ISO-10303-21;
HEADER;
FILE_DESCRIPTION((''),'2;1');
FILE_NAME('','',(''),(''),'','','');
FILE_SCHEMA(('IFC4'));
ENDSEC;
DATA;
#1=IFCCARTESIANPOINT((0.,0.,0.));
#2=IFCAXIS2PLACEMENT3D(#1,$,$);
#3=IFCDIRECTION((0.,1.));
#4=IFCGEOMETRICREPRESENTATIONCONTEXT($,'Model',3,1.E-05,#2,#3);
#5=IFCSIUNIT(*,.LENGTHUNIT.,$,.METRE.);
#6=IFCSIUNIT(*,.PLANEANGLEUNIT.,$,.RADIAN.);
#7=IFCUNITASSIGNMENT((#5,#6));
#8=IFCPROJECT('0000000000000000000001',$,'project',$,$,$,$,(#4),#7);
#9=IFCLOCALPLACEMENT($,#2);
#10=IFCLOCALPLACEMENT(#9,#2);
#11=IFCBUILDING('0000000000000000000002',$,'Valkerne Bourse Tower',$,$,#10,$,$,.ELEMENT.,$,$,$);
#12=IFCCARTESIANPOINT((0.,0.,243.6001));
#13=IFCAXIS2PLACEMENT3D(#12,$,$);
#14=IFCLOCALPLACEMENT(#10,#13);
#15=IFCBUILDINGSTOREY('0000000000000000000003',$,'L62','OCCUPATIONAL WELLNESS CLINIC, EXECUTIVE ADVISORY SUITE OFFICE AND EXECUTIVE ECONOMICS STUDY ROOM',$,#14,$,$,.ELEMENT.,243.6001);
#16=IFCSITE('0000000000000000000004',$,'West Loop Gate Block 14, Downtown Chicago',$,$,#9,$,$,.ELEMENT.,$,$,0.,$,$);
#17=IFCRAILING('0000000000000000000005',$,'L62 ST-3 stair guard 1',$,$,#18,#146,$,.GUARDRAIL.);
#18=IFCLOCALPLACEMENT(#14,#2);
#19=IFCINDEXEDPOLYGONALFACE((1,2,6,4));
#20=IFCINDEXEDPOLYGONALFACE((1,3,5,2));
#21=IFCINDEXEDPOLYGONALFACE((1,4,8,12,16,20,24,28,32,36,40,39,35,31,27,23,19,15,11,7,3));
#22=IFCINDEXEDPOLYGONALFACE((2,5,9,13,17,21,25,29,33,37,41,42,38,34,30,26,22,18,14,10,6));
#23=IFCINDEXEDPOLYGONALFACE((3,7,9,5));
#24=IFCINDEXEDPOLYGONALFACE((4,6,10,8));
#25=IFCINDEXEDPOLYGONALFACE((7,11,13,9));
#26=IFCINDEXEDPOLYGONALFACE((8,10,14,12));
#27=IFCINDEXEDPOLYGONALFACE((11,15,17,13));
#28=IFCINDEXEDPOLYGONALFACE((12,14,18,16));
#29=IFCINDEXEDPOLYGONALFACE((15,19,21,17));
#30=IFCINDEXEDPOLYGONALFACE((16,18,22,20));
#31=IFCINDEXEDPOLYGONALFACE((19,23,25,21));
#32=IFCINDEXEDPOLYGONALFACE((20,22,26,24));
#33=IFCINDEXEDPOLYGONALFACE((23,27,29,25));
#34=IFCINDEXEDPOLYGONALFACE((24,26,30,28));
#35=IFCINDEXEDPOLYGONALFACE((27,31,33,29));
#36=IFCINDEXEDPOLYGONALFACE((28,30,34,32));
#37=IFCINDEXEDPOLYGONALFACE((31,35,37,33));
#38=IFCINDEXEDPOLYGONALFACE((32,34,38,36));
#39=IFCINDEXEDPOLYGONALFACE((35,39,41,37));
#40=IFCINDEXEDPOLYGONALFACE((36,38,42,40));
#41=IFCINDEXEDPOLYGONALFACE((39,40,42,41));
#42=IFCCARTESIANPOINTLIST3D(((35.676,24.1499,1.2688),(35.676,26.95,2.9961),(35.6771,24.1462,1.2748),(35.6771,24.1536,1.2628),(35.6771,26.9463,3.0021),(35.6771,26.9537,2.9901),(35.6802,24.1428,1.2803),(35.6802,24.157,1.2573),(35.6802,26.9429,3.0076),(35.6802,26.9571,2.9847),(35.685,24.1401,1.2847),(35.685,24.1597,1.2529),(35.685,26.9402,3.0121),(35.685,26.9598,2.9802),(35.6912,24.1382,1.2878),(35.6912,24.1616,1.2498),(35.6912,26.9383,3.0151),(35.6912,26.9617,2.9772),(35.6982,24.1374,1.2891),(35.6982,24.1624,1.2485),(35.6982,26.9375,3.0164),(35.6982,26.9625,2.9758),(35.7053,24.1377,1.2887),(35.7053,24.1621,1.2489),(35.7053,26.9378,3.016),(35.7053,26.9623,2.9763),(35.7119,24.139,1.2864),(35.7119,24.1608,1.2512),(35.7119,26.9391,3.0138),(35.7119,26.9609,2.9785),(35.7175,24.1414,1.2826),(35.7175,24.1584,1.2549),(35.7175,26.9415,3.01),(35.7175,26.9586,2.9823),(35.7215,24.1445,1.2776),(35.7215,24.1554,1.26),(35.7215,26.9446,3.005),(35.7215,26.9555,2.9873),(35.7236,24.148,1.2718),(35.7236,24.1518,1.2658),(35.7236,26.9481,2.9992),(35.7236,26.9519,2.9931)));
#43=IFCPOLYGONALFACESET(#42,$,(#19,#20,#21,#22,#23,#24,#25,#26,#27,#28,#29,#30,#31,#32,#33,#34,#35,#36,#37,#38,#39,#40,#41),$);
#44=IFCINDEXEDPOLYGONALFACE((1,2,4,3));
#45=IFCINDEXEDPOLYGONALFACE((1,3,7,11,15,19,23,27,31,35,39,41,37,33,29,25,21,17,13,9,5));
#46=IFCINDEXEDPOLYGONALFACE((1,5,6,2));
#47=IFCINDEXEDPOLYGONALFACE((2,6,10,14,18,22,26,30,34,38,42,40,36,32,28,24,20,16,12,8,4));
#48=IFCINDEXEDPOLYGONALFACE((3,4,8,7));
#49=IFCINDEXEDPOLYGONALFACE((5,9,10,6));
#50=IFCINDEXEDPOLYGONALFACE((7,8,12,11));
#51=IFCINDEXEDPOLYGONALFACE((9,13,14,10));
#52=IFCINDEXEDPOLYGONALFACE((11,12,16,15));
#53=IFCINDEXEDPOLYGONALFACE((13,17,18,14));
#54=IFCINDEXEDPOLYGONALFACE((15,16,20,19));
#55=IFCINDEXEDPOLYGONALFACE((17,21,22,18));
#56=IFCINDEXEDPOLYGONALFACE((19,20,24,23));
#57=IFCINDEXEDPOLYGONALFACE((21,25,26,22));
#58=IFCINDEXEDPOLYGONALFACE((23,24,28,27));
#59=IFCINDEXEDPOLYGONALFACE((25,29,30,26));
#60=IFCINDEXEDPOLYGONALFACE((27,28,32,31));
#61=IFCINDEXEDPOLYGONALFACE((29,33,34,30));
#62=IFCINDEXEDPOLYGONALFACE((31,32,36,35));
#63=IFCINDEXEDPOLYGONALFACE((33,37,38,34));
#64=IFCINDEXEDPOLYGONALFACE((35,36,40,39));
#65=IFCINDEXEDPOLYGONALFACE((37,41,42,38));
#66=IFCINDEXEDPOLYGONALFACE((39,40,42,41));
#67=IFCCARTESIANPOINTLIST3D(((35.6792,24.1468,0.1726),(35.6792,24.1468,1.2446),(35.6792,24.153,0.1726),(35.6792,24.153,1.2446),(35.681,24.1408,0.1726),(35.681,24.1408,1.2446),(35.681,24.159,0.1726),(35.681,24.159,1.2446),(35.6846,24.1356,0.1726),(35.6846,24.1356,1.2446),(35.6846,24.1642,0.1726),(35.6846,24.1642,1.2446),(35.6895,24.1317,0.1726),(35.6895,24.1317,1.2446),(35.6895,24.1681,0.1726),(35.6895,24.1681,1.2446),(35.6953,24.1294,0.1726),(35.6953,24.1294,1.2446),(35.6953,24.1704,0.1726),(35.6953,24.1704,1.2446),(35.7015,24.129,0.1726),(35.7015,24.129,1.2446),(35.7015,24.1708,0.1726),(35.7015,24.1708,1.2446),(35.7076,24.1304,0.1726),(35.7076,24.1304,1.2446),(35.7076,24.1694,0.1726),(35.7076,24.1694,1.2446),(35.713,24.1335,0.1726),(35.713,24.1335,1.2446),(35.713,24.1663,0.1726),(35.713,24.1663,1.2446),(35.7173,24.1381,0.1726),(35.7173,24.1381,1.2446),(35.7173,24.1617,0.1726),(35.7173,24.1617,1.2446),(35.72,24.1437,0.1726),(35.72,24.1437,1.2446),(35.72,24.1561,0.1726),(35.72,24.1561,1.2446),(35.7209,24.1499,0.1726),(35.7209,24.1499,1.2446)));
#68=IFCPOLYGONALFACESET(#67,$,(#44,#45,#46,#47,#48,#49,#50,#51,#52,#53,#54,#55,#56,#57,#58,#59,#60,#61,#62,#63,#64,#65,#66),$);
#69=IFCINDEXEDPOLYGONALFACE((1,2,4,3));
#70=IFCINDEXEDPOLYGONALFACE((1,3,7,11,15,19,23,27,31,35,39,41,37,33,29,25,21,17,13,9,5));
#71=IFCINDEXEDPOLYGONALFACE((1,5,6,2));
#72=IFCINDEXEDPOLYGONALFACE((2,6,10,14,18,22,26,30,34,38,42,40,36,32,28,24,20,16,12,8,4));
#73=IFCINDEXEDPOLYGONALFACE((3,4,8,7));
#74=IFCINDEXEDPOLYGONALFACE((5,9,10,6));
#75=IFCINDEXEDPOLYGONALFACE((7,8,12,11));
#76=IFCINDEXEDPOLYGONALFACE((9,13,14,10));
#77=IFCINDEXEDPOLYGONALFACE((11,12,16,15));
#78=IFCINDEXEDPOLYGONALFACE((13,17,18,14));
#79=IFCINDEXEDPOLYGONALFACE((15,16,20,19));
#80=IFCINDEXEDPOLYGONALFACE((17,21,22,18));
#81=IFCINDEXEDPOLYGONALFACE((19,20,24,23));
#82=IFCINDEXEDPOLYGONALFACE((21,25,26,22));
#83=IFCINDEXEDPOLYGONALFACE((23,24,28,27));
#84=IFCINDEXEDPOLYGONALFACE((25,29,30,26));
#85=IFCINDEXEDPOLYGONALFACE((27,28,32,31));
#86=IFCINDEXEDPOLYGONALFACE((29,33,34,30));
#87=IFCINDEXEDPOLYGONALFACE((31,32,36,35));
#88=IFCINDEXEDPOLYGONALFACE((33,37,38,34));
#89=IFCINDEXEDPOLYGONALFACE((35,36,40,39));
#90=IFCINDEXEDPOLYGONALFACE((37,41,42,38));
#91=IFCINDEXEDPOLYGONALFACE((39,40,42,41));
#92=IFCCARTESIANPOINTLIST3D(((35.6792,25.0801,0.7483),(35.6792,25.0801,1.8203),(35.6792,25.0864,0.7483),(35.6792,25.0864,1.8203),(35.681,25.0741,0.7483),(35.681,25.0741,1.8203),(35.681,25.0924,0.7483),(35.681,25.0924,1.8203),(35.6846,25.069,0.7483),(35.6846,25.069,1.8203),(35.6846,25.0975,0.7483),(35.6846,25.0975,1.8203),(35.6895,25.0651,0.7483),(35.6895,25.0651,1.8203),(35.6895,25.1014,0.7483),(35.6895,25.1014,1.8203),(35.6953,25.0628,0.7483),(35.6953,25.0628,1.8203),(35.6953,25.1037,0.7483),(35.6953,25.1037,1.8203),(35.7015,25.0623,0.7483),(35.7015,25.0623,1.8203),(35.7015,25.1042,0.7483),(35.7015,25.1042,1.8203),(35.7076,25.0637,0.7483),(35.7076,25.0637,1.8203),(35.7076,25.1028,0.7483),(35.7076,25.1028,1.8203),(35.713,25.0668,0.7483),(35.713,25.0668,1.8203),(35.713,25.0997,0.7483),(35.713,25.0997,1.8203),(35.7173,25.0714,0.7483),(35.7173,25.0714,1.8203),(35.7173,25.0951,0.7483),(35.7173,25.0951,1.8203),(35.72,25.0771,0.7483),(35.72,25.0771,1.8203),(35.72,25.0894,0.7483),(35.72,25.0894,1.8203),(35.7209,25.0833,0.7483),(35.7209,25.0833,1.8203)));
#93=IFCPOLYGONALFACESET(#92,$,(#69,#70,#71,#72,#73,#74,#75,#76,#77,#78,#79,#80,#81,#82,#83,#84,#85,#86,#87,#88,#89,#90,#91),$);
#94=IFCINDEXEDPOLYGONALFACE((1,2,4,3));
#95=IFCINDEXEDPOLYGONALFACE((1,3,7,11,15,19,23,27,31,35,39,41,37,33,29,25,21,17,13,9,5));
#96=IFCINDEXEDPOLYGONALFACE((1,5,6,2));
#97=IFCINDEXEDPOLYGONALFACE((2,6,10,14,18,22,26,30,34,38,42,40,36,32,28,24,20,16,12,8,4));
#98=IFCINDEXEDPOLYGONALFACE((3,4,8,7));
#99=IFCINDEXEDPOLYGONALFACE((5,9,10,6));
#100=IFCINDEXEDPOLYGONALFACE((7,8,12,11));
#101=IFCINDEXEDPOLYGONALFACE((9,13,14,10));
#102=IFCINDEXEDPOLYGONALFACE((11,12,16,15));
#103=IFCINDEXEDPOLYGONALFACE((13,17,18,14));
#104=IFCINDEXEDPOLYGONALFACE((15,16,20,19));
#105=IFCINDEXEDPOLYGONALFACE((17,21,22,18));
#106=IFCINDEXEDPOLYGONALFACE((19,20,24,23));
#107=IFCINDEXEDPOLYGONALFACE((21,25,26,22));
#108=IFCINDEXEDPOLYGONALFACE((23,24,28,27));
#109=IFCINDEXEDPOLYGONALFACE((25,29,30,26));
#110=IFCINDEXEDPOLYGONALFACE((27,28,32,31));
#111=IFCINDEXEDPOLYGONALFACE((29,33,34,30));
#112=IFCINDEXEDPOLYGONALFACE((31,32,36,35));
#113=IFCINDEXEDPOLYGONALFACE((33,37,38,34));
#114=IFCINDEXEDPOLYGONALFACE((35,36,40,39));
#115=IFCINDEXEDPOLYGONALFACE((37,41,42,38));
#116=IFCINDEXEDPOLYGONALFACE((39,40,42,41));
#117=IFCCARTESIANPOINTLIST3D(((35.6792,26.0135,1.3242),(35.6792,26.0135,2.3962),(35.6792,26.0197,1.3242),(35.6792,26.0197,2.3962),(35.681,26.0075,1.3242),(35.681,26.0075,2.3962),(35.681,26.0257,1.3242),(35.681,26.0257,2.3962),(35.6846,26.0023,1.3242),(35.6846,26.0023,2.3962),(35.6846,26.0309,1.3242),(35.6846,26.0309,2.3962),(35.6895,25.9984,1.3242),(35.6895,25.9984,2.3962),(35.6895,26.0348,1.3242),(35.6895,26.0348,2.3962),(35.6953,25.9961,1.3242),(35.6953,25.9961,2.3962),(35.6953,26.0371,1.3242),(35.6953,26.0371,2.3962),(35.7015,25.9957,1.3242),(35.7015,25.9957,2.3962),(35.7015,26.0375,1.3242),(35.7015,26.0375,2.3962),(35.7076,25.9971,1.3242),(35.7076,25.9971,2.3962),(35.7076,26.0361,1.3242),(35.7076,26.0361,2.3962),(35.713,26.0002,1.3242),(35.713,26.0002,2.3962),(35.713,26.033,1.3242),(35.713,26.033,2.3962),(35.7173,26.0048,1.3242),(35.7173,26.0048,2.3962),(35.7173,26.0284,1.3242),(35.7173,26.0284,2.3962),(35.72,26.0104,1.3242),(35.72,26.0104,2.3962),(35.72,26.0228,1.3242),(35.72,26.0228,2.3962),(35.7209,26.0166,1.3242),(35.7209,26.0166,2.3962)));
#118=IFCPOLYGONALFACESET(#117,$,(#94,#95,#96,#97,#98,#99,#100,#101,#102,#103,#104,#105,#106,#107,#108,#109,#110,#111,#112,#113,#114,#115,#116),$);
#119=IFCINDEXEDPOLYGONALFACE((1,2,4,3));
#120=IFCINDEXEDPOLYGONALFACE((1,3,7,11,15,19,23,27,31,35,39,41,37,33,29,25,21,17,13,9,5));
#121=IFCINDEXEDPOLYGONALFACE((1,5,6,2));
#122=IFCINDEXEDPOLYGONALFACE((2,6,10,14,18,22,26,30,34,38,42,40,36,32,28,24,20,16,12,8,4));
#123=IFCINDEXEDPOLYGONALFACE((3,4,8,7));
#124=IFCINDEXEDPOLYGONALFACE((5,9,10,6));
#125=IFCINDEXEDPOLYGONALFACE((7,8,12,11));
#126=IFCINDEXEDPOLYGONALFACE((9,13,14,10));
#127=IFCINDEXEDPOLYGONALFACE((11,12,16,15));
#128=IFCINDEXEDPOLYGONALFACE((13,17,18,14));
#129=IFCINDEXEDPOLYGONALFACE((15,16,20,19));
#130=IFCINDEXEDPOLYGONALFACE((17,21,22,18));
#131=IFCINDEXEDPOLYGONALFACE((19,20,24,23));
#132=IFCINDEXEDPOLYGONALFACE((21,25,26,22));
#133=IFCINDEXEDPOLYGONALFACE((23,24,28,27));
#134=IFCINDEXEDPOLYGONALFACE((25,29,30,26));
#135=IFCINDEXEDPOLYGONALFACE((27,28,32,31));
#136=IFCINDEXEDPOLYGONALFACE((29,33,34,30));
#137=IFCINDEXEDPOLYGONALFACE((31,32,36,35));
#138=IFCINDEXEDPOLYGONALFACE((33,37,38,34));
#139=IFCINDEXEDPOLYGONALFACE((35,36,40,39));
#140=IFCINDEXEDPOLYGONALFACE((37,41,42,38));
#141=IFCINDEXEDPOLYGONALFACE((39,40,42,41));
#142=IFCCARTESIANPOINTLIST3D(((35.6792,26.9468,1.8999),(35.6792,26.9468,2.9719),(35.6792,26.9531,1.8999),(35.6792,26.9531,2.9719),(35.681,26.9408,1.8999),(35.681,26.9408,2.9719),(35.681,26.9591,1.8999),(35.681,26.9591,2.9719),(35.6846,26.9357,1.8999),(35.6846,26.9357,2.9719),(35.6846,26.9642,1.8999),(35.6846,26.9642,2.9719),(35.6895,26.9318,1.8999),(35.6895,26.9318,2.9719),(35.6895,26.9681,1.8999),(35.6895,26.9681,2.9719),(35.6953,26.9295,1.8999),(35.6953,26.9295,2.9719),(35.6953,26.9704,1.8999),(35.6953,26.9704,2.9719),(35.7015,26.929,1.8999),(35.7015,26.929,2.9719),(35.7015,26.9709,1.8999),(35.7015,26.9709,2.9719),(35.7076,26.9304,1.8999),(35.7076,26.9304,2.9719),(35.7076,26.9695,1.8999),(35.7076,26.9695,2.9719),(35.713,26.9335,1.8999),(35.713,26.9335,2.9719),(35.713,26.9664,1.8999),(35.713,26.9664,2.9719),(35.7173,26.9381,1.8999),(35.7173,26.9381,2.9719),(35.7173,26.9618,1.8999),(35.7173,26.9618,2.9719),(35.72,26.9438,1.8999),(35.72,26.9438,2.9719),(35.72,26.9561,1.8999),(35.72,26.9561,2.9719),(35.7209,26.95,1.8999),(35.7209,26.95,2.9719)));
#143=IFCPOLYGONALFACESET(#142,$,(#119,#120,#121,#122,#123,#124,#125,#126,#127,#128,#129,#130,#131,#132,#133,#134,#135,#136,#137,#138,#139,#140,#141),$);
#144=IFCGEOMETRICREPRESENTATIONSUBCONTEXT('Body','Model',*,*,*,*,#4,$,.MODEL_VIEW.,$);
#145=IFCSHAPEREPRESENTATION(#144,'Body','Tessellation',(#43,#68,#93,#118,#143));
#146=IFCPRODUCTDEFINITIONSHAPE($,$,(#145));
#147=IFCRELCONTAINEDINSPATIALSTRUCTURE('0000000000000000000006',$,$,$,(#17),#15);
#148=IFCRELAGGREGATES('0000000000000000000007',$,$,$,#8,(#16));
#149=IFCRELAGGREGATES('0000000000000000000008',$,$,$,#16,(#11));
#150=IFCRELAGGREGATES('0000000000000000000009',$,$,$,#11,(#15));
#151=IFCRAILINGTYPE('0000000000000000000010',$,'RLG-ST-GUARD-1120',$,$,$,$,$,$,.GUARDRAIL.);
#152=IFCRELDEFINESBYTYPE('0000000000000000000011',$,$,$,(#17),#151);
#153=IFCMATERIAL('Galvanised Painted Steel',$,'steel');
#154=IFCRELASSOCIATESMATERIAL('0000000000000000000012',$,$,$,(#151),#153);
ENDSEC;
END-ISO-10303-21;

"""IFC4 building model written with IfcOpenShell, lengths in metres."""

from ifc_helpers import new_model, si_unit, direction, frame, origin, origin_2d, place, context, subcontext, project, spatial, circle, extrude, material, type_object, element, save


model = new_model("IFC4")

# Units and contexts
model_context = context("Model", 3, precision=1e-05, world=origin(), true_north=direction((0.0, 1.0)))
body_context = subcontext(model_context, "Body", "Model", "MODEL_VIEW")
ifc_project = project(units=[si_unit("LENGTHUNIT", "METRE"), si_unit("PLANEANGLEUNIT", "RADIAN")], contexts=[model_context])

# Site, building, storey
site_placement = place(None, origin())
site = spatial("IfcSite", under=ifc_project, at=site_placement, Name="West Loop Gate Block 14, Downtown Chicago", CompositionType="ELEMENT", RefElevation=0.0)
building_placement = place(site_placement, origin())
building = spatial("IfcBuilding", under=site, at=building_placement, Name="Valkerne Bourse Tower", CompositionType="ELEMENT")
storey_placement = place(building_placement, frame((0.0, 0.0, 243.6001)))
storey = spatial("IfcBuildingStorey", under=building, at=storey_placement, Name="L62", Description="OCCUPATIONAL WELLNESS CLINIC, EXECUTIVE ADVISORY SUITE OFFICE AND EXECUTIVE ECONOMICS STUDY ROOM", CompositionType="ELEMENT", Elevation=243.6001)

# Railing
ifc_material_1 = material(Name="Galvanised Painted Steel", Category="steel")
railing_type_1 = type_object("IfcRailingType", Name="RLG-ST-GUARD-1120", PredefinedType="GUARDRAIL", material=ifc_material_1)
railing_1_placement = place(storey_placement, frame((35.7, 24.1499, 0.1726)))
element("IfcRailing", 1, at=railing_1_placement, inside=storey, type_object=railing_type_1, Name="L62 ST-3 stair guard 1", PredefinedType="GUARDRAIL", context=body_context, shape_type="SweptSolid", body=[
    extrude(circle(Radius=0.0239, at=origin_2d()), frame((0.0, 0.0, 1.0962), z_axis=(0.0, 0.85109, 0.52502), x_axis=(-1.0, 0.0, 0.0)), (0.0, 0.0, 1.0), 3.29),
    extrude(circle(Radius=0.021, at=origin_2d()), origin(), (0.0, 0.0, 1.0), 1.072),
    extrude(circle(Radius=0.021, at=origin_2d()), frame((0.0, 0.9333, 0.5757)), (0.0, 0.0, 1.0), 1.072),
    extrude(circle(Radius=0.021, at=origin_2d()), frame((0.0, 1.8667, 1.1516)), (0.0, 0.0, 1.0), 1.072),
    extrude(circle(Radius=0.021, at=origin_2d()), frame((0.0, 2.8, 1.7273)), (0.0, 0.0, 1.0), 1.072),
])

save(model, "model.ifc")
